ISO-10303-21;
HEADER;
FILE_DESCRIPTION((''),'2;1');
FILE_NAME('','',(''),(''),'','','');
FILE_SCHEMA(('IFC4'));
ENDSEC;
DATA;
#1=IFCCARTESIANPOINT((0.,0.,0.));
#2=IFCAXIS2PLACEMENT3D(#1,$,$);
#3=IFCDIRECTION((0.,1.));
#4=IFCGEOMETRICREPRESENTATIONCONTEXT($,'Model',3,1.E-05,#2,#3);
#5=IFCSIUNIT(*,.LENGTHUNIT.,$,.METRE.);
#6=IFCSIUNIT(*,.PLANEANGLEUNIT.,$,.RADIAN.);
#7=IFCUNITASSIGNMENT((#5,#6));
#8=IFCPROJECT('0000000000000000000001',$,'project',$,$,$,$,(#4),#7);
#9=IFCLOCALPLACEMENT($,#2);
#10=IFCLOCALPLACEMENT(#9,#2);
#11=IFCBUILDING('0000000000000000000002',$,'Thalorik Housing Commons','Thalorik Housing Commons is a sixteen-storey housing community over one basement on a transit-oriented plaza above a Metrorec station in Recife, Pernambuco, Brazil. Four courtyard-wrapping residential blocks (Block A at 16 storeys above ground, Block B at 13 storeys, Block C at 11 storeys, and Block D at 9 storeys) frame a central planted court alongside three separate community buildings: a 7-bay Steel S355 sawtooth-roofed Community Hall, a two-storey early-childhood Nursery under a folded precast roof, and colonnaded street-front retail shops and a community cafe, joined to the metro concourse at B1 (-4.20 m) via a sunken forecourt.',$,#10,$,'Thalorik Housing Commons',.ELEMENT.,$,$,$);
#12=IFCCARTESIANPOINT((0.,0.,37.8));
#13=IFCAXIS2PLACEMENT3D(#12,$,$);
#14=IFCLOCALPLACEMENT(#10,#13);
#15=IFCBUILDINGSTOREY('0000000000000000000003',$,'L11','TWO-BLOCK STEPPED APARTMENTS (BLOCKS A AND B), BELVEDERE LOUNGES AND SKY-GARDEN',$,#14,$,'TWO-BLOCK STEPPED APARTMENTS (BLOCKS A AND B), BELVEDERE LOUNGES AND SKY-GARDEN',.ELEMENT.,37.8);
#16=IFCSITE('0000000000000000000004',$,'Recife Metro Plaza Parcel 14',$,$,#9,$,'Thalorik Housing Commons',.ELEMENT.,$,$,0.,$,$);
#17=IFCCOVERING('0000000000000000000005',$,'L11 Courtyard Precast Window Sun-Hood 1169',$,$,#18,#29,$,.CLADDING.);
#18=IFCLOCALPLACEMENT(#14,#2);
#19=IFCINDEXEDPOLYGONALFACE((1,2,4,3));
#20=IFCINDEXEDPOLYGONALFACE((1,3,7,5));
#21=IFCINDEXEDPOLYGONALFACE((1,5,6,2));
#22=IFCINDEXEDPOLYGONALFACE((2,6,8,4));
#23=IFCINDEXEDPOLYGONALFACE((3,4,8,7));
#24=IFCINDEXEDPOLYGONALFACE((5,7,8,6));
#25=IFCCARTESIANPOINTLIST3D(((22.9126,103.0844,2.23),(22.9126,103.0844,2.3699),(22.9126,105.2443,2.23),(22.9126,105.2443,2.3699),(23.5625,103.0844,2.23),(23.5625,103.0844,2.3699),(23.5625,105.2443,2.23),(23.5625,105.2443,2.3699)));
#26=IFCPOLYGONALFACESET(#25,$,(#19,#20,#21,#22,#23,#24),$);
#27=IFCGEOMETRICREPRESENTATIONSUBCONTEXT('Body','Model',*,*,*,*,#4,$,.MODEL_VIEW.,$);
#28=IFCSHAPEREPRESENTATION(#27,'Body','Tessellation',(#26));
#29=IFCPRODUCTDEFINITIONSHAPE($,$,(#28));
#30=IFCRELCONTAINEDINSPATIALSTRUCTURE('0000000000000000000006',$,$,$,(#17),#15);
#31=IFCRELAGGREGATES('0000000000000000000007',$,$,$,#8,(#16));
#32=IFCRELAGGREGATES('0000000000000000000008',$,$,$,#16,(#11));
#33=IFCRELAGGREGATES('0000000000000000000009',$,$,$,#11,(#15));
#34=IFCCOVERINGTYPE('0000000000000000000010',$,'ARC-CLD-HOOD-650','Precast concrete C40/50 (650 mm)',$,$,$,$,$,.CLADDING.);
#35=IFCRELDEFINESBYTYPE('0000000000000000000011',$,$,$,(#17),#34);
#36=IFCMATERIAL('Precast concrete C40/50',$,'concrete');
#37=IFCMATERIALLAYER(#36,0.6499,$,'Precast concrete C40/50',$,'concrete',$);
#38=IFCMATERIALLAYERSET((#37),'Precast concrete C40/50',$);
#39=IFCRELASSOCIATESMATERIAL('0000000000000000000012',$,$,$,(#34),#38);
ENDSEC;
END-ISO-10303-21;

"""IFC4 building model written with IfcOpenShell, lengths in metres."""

from ifc_helpers import new_model, si_unit, direction, frame, origin, origin_2d, place, context, subcontext, project, spatial, rectangle, extrude, material, layer, layer_set, type_object, element, save


model = new_model("IFC4")

# Units and contexts
model_context = context("Model", 3, precision=1e-05, world=origin(), true_north=direction((0.0, 1.0)))
body_context = subcontext(model_context, "Body", "Model", "MODEL_VIEW")
ifc_project = project(units=[si_unit("LENGTHUNIT", "METRE"), si_unit("PLANEANGLEUNIT", "RADIAN")], contexts=[model_context])

# Site, building, storey
site_placement = place(None, origin())
site = spatial("IfcSite", under=ifc_project, at=site_placement, Name="Recife Metro Plaza Parcel 14", LongName="Thalorik Housing Commons", CompositionType="ELEMENT", RefElevation=0.0)
building_placement = place(site_placement, origin())
building = spatial("IfcBuilding", under=site, at=building_placement, Name="Thalorik Housing Commons", Description="Thalorik Housing Commons is a sixteen-storey housing community over one basement on a transit-oriented plaza above a Metrorec station in Recife, Pernambuco, Brazil. Four courtyard-wrapping residential blocks (Block A at 16 storeys above ground, Block B at 13 storeys, Block C at 11 storeys, and Block D at 9 storeys) frame a central planted court alongside three separate community buildings: a 7-bay Steel S355 sawtooth-roofed Community Hall, a two-storey early-childhood Nursery under a folded precast roof, and colonnaded street-front retail shops and a community cafe, joined to the metro concourse at B1 (-4.20 m) via a sunken forecourt.", LongName="Thalorik Housing Commons", CompositionType="ELEMENT")
storey_placement = place(building_placement, frame((0.0, 0.0, 37.8)))
storey = spatial("IfcBuildingStorey", under=building, at=storey_placement, Name="L11", Description="TWO-BLOCK STEPPED APARTMENTS (BLOCKS A AND B), BELVEDERE LOUNGES AND SKY-GARDEN", LongName="TWO-BLOCK STEPPED APARTMENTS (BLOCKS A AND B), BELVEDERE LOUNGES AND SKY-GARDEN", CompositionType="ELEMENT", Elevation=37.8)

# Shared definitions
ifc_material_1 = material(Name="Precast concrete C40/50", Category="concrete")

# Covering
ifc_layer_1 = layer(ifc_material_1, 0.6499, Name="Precast concrete C40/50", Category="concrete")
ifc_layer_set_1 = layer_set([ifc_layer_1], Name="Precast concrete C40/50")
covering_type_1 = type_object("IfcCoveringType", Name="ARC-CLD-HOOD-650", Description="Precast concrete C40/50 (650 mm)", PredefinedType="CLADDING", material=ifc_layer_set_1)
covering_1_placement = place(storey_placement, frame((23.2375, 104.1643, 2.23), z_axis=(0.0, 0.0, 1.0), x_axis=(0.0, 1.0, 0.0)))
element("IfcCovering", 1, at=covering_1_placement, inside=storey, type_object=covering_type_1, Name="L11 Courtyard Precast Window Sun-Hood 1169", PredefinedType="CLADDING", context=body_context, shape_type="SweptSolid", body=[
    extrude(rectangle(XDim=2.1599, YDim=0.6499, at=origin_2d()), origin(), (0.0, 0.0, 1.0), 0.1399),
])

save(model, "model.ifc")
